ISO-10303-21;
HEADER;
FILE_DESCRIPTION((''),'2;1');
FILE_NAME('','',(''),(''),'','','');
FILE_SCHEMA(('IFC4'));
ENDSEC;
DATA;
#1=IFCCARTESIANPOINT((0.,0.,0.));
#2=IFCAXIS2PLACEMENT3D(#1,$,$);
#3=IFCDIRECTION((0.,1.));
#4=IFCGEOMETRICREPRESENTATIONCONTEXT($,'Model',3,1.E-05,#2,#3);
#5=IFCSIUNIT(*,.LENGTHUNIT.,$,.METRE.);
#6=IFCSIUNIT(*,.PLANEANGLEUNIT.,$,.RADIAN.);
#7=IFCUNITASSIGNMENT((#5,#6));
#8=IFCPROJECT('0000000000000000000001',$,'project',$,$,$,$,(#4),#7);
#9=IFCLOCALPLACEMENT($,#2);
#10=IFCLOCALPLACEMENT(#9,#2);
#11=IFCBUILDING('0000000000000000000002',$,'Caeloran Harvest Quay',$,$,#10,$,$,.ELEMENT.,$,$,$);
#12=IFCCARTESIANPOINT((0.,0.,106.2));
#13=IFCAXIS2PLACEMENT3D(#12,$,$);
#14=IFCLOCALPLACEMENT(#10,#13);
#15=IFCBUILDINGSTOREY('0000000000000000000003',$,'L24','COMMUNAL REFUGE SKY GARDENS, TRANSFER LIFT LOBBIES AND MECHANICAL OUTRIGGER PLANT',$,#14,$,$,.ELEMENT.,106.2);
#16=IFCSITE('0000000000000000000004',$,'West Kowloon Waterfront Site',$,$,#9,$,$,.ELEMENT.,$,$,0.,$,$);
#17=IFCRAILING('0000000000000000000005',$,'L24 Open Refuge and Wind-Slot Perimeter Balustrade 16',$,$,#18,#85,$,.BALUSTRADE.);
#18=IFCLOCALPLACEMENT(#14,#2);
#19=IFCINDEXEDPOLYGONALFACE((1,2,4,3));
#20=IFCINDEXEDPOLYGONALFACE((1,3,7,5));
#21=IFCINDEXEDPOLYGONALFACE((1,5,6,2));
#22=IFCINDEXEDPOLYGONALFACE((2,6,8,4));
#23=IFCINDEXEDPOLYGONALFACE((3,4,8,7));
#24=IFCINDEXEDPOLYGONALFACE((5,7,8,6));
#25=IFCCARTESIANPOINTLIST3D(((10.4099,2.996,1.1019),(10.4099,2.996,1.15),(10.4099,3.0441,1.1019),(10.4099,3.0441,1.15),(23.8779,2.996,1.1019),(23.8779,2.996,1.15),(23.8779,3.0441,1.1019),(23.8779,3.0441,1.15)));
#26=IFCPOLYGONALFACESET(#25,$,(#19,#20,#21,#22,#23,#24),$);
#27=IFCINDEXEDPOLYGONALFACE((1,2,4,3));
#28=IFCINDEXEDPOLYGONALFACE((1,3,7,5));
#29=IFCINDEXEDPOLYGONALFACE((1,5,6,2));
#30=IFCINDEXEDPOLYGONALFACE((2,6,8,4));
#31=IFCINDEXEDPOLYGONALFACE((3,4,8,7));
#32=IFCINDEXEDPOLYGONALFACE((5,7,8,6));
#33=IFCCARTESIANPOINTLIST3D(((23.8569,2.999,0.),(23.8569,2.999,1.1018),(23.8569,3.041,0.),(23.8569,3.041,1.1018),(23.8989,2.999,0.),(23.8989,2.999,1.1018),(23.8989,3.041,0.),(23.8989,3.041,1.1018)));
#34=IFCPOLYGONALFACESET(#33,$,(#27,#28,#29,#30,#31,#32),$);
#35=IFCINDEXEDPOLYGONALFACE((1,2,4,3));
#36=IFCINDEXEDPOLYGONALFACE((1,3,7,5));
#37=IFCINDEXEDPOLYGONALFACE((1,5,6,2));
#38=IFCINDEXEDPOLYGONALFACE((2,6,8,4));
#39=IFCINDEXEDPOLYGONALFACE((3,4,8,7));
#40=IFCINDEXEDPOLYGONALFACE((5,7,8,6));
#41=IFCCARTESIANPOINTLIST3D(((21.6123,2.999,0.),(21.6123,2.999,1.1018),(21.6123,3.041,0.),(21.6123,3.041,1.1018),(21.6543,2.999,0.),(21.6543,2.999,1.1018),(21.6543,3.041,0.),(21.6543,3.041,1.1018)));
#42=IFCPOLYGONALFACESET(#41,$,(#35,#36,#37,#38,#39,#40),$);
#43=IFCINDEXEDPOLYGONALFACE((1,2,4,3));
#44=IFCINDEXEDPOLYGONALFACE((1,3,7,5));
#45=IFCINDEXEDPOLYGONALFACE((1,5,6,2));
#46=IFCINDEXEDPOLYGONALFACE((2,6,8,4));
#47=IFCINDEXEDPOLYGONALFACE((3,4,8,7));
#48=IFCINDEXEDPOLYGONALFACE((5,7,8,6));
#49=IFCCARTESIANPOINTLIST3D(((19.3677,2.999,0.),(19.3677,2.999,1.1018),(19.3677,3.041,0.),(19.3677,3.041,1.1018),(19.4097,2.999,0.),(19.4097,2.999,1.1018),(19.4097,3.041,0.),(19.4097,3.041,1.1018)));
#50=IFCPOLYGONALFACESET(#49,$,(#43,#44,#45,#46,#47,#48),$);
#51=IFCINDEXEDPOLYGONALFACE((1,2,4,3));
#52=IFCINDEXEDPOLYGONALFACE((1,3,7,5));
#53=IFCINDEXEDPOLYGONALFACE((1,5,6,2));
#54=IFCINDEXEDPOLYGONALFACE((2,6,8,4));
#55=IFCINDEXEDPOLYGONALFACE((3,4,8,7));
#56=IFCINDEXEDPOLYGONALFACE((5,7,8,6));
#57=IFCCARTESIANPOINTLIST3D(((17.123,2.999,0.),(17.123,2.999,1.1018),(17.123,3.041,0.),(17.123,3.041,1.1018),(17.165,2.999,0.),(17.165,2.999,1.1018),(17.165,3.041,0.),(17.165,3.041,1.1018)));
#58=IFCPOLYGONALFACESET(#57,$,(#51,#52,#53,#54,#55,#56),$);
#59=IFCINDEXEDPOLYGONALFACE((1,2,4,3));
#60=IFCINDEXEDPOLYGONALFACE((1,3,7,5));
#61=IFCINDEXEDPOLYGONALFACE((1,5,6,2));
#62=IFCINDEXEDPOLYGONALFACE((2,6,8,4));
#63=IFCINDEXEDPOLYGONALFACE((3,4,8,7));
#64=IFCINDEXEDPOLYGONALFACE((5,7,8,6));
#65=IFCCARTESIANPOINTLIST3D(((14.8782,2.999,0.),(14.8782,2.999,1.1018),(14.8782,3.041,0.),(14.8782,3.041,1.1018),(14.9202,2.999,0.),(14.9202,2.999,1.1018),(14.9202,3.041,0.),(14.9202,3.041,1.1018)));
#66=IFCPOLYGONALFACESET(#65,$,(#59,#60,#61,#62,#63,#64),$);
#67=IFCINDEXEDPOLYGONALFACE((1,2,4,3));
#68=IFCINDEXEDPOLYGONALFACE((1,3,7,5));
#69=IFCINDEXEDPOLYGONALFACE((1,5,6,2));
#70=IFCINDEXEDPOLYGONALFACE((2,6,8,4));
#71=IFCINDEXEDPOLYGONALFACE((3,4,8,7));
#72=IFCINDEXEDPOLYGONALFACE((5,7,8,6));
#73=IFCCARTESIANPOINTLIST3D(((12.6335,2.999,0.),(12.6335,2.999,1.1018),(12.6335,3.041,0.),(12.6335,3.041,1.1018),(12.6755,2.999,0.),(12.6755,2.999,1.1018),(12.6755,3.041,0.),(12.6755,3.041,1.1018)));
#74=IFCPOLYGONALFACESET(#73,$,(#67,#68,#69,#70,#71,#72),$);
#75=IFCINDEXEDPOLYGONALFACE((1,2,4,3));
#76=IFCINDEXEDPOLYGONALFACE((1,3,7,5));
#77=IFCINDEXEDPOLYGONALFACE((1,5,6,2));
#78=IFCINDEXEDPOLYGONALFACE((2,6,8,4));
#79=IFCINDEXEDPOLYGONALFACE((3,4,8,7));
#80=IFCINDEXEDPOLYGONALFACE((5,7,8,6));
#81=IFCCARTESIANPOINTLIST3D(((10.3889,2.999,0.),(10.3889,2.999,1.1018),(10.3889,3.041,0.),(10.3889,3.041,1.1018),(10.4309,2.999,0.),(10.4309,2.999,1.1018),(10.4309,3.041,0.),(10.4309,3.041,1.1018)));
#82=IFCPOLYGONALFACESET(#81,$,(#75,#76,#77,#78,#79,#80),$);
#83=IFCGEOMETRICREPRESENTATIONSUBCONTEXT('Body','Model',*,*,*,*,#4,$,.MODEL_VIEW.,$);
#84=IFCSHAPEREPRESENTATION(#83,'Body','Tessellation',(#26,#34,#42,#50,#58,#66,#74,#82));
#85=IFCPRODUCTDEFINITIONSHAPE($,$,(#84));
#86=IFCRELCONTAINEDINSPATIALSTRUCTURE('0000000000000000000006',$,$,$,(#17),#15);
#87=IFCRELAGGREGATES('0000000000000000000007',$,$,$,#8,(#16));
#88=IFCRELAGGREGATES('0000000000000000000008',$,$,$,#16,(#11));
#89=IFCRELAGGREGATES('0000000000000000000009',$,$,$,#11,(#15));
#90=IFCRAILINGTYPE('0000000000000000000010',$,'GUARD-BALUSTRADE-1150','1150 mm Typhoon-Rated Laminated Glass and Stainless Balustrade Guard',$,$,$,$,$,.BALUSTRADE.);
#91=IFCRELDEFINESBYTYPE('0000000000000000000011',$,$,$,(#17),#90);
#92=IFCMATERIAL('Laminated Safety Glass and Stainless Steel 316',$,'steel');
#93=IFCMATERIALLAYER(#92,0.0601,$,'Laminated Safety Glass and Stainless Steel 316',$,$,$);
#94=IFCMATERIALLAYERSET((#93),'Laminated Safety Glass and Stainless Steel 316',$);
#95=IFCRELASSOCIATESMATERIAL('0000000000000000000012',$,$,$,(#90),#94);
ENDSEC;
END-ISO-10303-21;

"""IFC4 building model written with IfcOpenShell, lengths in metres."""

from ifc_helpers import new_model, si_unit, direction, frame, origin, origin_2d, place, context, subcontext, project, spatial, rectangle, extrude, material, layer, layer_set, type_object, element, save


model = new_model("IFC4")

# Units and contexts
model_context = context("Model", 3, precision=1e-05, world=origin(), true_north=direction((0.0, 1.0)))
body_context = subcontext(model_context, "Body", "Model", "MODEL_VIEW")
ifc_project = project(units=[si_unit("LENGTHUNIT", "METRE"), si_unit("PLANEANGLEUNIT", "RADIAN")], contexts=[model_context])

# Site, building, storey
site_placement = place(None, origin())
site = spatial("IfcSite", under=ifc_project, at=site_placement, Name="West Kowloon Waterfront Site", CompositionType="ELEMENT", RefElevation=0.0)
building_placement = place(site_placement, origin())
building = spatial("IfcBuilding", under=site, at=building_placement, Name="Caeloran Harvest Quay", CompositionType="ELEMENT")
storey_placement = place(building_placement, frame((0.0, 0.0, 106.2)))
storey = spatial("IfcBuildingStorey", under=building, at=storey_placement, Name="L24", Description="COMMUNAL REFUGE SKY GARDENS, TRANSFER LIFT LOBBIES AND MECHANICAL OUTRIGGER PLANT", CompositionType="ELEMENT", Elevation=106.2)

# Railing
ifc_material_1 = material(Name="Laminated Safety Glass and Stainless Steel 316", Category="steel")
ifc_layer_1 = layer(ifc_material_1, 0.0601, Name="Laminated Safety Glass and Stainless Steel 316")
ifc_layer_set_1 = layer_set([ifc_layer_1], Name="Laminated Safety Glass and Stainless Steel 316")
railing_type = type_object("IfcRailingType", Name="GUARD-BALUSTRADE-1150", Description="1150 mm Typhoon-Rated Laminated Glass and Stainless Balustrade Guard", PredefinedType="BALUSTRADE", material=ifc_layer_set_1)
railing_placement = place(storey_placement, frame((23.8779, 3.02, 0.0)))
element("IfcRailing", 1, at=railing_placement, inside=storey, type_object=railing_type, Name="L24 Open Refuge and Wind-Slot Perimeter Balustrade 16", PredefinedType="BALUSTRADE", context=body_context, shape_type="SweptSolid", body=[
    extrude(rectangle(XDim=0.0481, YDim=0.0481, at=origin_2d()), frame((0.0, 0.0, 1.126), z_axis=(-1.0, 0.0, 0.0), x_axis=(0.0, -1.0, 0.0)), (0.0, 0.0, 1.0), 13.468),
    extrude(rectangle(XDim=0.042, YDim=0.042, at=origin_2d()), origin(), (0.0, 0.0, 1.0), 1.1018),
    extrude(rectangle(XDim=0.042, YDim=0.042, at=origin_2d()), frame((-2.2446, 0.0, 0.0)), (0.0, 0.0, 1.0), 1.1018),
    extrude(rectangle(XDim=0.042, YDim=0.042, at=origin_2d()), frame((-4.4893, 0.0, 0.0)), (0.0, 0.0, 1.0), 1.1018),
    extrude(rectangle(XDim=0.042, YDim=0.042, at=origin_2d()), frame((-6.7339, 0.0, 0.0)), (0.0, 0.0, 1.0), 1.1018),
    extrude(rectangle(XDim=0.042, YDim=0.042, at=origin_2d()), frame((-8.9788, 0.0, 0.0)), (0.0, 0.0, 1.0), 1.1018),
    extrude(rectangle(XDim=0.042, YDim=0.042, at=origin_2d()), frame((-11.2234, 0.0, 0.0)), (0.0, 0.0, 1.0), 1.1018),
    extrude(rectangle(XDim=0.042, YDim=0.042, at=origin_2d()), frame((-13.468, 0.0, 0.0)), (0.0, 0.0, 1.0), 1.1018),
])

save(model, "model.ifc")
